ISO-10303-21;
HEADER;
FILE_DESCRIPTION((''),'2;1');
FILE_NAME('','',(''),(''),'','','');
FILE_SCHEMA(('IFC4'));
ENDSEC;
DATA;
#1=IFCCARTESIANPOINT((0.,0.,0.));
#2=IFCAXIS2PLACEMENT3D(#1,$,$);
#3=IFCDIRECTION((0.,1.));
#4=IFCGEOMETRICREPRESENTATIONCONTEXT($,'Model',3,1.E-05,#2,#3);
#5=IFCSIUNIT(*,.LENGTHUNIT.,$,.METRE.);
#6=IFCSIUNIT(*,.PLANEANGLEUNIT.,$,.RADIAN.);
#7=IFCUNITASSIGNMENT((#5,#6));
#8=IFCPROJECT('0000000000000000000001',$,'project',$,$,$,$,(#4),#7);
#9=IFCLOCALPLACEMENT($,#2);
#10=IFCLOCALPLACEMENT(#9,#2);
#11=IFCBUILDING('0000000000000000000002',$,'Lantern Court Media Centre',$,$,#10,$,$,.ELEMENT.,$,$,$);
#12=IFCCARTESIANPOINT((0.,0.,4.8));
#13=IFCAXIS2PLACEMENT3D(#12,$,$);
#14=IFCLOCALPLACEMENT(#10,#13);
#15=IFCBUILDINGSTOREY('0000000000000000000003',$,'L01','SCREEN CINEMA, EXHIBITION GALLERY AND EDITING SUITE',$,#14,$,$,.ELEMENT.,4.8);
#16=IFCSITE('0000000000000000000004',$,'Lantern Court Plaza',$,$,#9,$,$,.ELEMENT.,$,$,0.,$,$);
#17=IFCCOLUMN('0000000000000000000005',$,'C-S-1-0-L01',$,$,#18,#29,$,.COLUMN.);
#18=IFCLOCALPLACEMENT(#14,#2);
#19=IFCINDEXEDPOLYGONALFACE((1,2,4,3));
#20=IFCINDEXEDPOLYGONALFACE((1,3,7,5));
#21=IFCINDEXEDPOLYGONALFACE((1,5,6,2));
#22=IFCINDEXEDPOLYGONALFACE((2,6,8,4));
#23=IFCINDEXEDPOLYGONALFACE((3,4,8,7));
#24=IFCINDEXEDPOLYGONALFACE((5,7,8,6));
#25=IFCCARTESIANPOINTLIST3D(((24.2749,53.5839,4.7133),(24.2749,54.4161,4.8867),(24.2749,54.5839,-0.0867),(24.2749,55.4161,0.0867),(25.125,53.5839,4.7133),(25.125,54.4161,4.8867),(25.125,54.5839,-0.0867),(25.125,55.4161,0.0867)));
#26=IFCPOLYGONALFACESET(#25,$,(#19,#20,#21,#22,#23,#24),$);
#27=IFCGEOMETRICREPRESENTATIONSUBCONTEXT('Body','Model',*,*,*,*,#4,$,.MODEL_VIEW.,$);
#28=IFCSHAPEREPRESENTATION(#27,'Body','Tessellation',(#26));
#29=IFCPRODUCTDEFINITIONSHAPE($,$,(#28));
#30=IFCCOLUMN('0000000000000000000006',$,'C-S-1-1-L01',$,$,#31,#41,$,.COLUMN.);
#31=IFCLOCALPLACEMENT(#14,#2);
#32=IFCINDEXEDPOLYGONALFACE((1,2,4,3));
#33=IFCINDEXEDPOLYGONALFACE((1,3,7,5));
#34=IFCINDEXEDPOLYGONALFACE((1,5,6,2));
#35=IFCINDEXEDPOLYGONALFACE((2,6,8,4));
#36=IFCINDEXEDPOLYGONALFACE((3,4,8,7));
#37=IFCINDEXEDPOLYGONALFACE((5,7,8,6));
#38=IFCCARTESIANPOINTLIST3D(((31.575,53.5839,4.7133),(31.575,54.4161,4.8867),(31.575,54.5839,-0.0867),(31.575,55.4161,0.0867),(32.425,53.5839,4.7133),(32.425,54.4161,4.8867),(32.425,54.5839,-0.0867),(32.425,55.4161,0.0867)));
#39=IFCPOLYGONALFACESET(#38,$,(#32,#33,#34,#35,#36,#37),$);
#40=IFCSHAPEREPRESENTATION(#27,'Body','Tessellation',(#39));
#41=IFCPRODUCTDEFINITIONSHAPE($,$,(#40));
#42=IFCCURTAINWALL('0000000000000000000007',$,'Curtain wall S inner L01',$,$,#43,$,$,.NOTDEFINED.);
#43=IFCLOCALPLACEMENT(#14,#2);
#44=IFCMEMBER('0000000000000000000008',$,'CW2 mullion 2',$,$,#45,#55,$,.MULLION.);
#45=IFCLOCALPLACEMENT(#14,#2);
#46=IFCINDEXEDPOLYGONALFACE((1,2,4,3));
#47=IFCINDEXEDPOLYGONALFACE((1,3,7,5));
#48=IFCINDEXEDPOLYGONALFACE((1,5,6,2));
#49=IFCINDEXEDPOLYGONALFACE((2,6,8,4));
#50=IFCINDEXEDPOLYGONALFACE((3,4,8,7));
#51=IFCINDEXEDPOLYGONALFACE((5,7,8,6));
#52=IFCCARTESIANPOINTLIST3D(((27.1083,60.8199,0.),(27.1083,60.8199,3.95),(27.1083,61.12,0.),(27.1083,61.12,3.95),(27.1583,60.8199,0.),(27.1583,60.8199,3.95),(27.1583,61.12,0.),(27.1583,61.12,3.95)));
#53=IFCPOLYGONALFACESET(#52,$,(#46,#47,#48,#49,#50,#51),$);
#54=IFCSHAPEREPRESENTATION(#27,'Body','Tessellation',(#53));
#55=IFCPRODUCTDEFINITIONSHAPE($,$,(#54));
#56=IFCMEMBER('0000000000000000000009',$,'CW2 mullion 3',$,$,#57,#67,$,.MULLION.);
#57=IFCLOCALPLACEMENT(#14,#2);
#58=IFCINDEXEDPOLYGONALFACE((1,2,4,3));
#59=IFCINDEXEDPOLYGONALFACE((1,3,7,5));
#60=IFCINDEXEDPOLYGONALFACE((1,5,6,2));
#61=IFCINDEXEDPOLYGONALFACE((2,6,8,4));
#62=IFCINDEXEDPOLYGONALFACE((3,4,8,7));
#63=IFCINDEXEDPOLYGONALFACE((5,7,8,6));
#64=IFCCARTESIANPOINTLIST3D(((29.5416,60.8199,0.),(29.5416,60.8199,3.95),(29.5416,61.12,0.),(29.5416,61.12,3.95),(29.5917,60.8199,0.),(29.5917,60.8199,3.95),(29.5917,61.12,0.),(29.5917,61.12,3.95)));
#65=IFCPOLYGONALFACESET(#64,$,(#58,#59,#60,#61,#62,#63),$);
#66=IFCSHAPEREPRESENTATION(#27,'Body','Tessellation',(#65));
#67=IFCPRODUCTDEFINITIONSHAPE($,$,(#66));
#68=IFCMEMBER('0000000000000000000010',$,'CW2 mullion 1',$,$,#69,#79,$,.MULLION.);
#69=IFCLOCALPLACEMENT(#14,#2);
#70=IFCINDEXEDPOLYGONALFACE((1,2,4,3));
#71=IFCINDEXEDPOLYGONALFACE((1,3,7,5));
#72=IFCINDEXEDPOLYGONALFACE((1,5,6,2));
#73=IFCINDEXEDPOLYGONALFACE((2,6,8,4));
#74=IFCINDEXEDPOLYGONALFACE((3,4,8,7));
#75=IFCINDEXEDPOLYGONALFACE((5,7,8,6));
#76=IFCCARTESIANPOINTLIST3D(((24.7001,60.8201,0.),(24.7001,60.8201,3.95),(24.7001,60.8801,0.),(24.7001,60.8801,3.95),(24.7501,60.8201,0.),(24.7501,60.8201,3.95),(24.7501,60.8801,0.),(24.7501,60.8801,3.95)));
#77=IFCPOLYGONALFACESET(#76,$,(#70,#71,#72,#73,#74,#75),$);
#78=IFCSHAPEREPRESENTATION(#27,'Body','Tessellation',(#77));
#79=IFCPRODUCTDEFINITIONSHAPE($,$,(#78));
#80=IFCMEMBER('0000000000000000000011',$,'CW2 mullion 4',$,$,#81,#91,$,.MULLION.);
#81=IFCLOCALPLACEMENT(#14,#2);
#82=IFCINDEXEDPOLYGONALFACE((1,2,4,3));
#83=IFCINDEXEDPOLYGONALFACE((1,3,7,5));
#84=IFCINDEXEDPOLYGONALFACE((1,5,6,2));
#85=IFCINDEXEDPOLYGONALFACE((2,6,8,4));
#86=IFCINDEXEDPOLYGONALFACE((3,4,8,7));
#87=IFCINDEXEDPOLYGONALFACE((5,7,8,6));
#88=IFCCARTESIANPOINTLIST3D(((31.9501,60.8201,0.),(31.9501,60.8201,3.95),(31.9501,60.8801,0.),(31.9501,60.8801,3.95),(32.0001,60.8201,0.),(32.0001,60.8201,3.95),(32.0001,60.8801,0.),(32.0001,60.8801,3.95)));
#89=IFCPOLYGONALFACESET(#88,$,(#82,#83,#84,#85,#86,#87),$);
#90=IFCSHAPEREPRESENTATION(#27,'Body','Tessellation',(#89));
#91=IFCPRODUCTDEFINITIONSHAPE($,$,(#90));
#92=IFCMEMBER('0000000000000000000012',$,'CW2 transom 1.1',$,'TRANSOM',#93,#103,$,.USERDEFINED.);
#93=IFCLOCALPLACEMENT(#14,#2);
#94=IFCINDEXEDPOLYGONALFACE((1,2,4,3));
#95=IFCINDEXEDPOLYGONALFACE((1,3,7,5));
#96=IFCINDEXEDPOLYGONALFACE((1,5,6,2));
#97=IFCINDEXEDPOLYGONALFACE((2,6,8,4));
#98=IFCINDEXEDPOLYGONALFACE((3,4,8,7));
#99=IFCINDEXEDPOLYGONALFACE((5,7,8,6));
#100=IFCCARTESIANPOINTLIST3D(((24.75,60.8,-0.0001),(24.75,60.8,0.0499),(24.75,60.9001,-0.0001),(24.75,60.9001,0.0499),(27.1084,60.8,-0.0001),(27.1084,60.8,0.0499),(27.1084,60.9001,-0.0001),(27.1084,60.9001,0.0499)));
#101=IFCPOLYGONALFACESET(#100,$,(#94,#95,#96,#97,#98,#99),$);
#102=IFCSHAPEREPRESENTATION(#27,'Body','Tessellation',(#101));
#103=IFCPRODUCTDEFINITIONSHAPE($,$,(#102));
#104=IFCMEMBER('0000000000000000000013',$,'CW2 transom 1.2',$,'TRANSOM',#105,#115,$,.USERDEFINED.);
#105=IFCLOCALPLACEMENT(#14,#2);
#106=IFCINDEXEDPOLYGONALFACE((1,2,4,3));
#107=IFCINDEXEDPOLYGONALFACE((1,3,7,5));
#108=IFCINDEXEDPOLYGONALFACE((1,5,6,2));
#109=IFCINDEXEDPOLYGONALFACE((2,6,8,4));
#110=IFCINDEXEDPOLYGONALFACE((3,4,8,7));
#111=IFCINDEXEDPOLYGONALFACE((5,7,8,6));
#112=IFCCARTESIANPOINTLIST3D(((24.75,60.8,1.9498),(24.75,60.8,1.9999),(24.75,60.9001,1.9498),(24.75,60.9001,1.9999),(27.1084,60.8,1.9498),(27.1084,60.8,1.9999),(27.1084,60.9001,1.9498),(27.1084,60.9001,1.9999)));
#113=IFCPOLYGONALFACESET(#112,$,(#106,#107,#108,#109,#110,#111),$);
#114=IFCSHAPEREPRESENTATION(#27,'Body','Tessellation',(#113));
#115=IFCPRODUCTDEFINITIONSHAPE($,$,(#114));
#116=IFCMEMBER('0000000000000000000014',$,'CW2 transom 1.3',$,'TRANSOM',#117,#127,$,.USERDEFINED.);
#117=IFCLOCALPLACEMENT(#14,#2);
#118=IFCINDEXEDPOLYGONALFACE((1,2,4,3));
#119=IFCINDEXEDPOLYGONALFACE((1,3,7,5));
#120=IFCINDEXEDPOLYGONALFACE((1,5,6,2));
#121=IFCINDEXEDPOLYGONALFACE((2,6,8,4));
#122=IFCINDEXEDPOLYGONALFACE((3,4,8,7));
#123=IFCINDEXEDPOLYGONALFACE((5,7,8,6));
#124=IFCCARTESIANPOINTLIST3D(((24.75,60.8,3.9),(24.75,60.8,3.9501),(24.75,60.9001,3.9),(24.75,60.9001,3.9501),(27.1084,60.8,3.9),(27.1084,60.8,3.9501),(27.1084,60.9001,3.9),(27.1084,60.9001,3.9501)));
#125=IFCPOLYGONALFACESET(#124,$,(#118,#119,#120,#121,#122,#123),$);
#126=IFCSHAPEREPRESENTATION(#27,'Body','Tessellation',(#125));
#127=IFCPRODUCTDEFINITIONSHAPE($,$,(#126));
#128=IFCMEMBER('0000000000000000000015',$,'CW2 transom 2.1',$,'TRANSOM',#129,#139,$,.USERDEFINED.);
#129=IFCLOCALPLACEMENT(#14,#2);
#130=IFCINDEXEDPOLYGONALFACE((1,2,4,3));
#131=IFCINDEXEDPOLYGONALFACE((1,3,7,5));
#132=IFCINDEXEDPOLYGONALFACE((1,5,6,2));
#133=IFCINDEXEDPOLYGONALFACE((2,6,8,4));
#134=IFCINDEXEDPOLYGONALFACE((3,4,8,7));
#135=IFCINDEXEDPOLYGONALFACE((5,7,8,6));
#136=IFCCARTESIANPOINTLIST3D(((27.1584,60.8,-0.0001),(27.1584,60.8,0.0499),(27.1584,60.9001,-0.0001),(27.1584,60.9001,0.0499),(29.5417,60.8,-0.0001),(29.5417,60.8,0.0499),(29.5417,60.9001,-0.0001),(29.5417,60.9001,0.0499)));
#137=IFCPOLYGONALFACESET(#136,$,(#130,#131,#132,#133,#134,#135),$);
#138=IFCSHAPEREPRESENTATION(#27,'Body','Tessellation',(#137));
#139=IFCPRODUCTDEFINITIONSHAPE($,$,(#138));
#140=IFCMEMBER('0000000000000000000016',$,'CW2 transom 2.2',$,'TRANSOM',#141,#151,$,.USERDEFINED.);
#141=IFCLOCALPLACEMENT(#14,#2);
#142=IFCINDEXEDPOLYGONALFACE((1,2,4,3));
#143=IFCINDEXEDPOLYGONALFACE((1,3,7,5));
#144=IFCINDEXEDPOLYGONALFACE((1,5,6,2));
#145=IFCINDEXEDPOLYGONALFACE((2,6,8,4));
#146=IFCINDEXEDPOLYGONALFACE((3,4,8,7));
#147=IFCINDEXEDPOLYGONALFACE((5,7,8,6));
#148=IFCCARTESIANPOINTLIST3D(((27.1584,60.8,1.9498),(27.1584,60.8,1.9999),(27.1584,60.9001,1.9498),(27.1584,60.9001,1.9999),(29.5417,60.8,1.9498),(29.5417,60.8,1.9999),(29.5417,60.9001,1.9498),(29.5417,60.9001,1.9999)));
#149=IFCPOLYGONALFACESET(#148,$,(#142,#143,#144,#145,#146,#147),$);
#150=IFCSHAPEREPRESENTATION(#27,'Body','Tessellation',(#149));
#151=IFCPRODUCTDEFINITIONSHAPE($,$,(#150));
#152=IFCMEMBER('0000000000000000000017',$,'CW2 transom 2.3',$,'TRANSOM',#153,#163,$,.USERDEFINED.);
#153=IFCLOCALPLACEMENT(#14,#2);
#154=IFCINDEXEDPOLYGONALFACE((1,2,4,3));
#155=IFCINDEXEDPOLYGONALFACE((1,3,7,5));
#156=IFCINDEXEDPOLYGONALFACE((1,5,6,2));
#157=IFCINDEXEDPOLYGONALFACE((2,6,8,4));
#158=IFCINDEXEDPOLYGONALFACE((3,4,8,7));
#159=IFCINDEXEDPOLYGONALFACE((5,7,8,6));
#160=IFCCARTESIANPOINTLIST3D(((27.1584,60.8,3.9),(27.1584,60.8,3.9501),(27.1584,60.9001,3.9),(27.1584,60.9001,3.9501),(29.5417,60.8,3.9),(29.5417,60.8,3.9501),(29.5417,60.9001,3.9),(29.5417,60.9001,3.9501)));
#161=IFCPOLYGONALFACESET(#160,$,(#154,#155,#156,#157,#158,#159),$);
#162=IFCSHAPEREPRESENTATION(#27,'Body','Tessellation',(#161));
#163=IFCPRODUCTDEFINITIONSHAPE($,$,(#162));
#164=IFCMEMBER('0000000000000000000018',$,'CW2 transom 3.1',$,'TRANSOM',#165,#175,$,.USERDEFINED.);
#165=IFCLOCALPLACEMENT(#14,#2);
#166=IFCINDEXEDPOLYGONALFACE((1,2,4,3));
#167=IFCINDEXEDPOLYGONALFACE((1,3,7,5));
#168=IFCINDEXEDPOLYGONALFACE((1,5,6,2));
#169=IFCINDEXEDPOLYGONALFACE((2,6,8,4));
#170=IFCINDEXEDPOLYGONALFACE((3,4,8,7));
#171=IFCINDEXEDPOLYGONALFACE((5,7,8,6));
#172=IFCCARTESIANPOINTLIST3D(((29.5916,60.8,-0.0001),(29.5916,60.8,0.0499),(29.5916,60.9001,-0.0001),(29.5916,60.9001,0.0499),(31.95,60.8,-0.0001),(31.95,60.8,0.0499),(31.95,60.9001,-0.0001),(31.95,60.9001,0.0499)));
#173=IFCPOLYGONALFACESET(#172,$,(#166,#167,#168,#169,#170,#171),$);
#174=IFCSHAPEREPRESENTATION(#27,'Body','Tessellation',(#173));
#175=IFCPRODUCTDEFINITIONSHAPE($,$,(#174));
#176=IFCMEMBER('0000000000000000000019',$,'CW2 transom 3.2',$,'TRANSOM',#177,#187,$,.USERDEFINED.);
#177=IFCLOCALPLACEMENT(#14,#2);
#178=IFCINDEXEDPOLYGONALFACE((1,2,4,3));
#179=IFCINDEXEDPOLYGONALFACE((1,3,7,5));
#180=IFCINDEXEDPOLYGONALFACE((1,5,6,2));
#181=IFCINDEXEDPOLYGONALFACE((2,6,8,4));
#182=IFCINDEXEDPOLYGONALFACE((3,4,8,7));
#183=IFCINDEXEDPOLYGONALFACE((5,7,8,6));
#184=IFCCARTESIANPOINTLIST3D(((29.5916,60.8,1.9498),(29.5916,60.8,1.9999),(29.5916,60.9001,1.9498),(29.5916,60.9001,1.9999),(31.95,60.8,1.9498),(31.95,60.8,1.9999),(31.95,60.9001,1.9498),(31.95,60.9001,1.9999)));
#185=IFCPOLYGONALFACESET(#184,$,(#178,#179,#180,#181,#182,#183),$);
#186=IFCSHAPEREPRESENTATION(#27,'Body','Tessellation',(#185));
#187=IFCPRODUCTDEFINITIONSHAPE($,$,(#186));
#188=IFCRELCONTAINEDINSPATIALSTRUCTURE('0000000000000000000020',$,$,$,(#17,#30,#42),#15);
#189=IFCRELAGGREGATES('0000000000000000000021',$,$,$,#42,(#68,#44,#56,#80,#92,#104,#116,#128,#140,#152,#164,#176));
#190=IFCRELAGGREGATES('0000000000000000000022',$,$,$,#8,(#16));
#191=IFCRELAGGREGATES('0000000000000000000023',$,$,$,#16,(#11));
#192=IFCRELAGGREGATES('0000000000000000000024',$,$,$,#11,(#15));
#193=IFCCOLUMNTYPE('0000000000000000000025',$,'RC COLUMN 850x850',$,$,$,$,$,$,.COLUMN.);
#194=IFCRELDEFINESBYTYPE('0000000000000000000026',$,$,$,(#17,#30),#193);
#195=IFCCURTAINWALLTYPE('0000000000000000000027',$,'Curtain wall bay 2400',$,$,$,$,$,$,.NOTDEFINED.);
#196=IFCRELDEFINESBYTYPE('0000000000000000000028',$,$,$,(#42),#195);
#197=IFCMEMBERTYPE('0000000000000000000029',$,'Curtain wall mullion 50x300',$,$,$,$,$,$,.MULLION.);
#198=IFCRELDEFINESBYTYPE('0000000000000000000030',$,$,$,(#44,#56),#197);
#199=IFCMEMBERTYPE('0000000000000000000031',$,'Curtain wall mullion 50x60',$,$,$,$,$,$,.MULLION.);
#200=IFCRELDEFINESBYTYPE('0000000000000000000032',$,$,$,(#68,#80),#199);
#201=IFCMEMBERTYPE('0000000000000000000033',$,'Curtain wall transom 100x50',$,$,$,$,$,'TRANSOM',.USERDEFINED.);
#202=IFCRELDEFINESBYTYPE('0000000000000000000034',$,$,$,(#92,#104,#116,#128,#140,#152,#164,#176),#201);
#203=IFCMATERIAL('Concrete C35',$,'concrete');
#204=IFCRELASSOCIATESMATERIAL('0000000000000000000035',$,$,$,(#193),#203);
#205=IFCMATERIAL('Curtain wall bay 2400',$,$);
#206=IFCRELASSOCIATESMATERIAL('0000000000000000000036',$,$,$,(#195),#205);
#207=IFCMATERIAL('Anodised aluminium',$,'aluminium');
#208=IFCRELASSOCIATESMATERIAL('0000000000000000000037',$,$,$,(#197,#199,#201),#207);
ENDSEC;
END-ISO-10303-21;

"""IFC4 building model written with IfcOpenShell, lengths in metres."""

from ifc_helpers import new_model, si_unit, direction, frame, origin, origin_2d, place, context, subcontext, project, spatial, rectangle, extrude, material, material_profile, profile_set, type_object, element, aggregate, save


model = new_model("IFC4")

# Units and contexts
model_context = context("Model", 3, precision=1e-05, world=origin(), true_north=direction((0.0, 1.0)))
body_context = subcontext(model_context, "Body", "Model", "MODEL_VIEW")
ifc_project = project(units=[si_unit("LENGTHUNIT", "METRE"), si_unit("PLANEANGLEUNIT", "RADIAN")], contexts=[model_context])

# Site, building, storey
site_placement = place(None, origin())
site = spatial("IfcSite", under=ifc_project, at=site_placement, Name="Lantern Court Plaza", CompositionType="ELEMENT", RefElevation=0.0)
building_placement = place(site_placement, origin())
building = spatial("IfcBuilding", under=site, at=building_placement, Name="Lantern Court Media Centre", CompositionType="ELEMENT")
storey_placement = place(building_placement, frame((0.0, 0.0, 4.8)))
storey = spatial("IfcBuildingStorey", under=building, at=storey_placement, Name="L01", Description="SCREEN CINEMA, EXHIBITION GALLERY AND EDITING SUITE", CompositionType="ELEMENT", Elevation=4.8)

# Columns
ifc_material_1 = material(Name="Concrete C35", Category="concrete")
ifc_material_profile_1 = material_profile(ifc_material_1, rectangle(XDim=0.8501, YDim=0.8501, at=origin_2d()), Name="RC 850x850")
ifc_profile_set_1 = profile_set([ifc_material_profile_1], Name="Concrete C35")
column_type = type_object("IfcColumnType", Name="RC COLUMN 850x850", PredefinedType="COLUMN", material=ifc_profile_set_1)
for number, where, z_axis, x_axis, name in (
    (1, (24.7, 55.0, 0.0), (0.0, -0.203952, 0.978981), (1.0, 0.0, 0.0), "C-S-1-0-L01"),
    (2, (32.0, 55.0, 0.0), (0.0, -0.203952, 0.978981), (1.0, 0.0, 0.0), "C-S-1-1-L01"),
):
    element("IfcColumn", number, at=place(storey_placement, frame(where, z_axis=z_axis, x_axis=x_axis)), inside=storey, type_object=column_type, Name=name, PredefinedType="COLUMN", context=body_context, shape_type="SweptSolid", body=[
        extrude(rectangle(XDim=0.8501, YDim=0.8501, at=origin_2d()), origin(), (0.0, 0.0, 1.0), 4.9031),
    ])

# Curtain wall, members
ifc_material_2 = material(Name="Curtain wall bay 2400")
curtain_wall_type = type_object("IfcCurtainWallType", Name="Curtain wall bay 2400", PredefinedType="NOTDEFINED", material=ifc_material_2)
curtain_wall_placement = place(storey_placement, origin())
curtain_wall = element("IfcCurtainWall", 3, at=curtain_wall_placement, inside=storey, type_object=curtain_wall_type, Name="Curtain wall S inner L01", PredefinedType="NOTDEFINED")
ifc_material_3 = material(Name="Anodised aluminium", Category="aluminium")
ifc_material_profile_2 = material_profile(ifc_material_3, rectangle(XDim=0.3, YDim=0.05, at=origin_2d()), Name="AL 50x300")
ifc_profile_set_2 = profile_set([ifc_material_profile_2], Name="Anodised aluminium")
member_type_1 = type_object("IfcMemberType", Name="Curtain wall mullion 50x300", PredefinedType="MULLION", material=ifc_profile_set_2)
member_1_placement = place(storey_placement, frame((27.1333, 60.97, 0.0), z_axis=(0.0, 0.0, 1.0), x_axis=(0.0, 1.0, 0.0)))
member_1 = element("IfcMember", 4, at=member_1_placement, type_object=member_type_1, Name="CW2 mullion 2", PredefinedType="MULLION", context=body_context, shape_type="SweptSolid", body=[
    extrude(rectangle(XDim=0.3, YDim=0.05, at=origin_2d()), origin(), (0.0, 0.0, 1.0), 3.95),
])
member_2_placement = place(storey_placement, frame((29.5667, 60.97, 0.0), z_axis=(0.0, 0.0, 1.0), x_axis=(0.0, 1.0, 0.0)))
member_2 = element("IfcMember", 5, at=member_2_placement, type_object=member_type_1, Name="CW2 mullion 3", PredefinedType="MULLION", context=body_context, shape_type="SweptSolid", body=[
    extrude(rectangle(XDim=0.3, YDim=0.05, at=origin_2d()), origin(), (0.0, 0.0, 1.0), 3.95),
])
ifc_material_profile_3 = material_profile(ifc_material_3, rectangle(XDim=0.0601, YDim=0.05, at=origin_2d()), Name="AL 50x60")
ifc_profile_set_3 = profile_set([ifc_material_profile_3], Name="Anodised aluminium")
member_type_2 = type_object("IfcMemberType", Name="Curtain wall mullion 50x60", PredefinedType="MULLION", material=ifc_profile_set_3)
member_3_placement = place(storey_placement, frame((24.7251, 60.8501, 0.0), z_axis=(0.0, 0.0, 1.0), x_axis=(0.0, 1.0, 0.0)))
member_3 = element("IfcMember", 6, at=member_3_placement, type_object=member_type_2, Name="CW2 mullion 1", PredefinedType="MULLION", context=body_context, shape_type="SweptSolid", body=[
    extrude(rectangle(XDim=0.0601, YDim=0.05, at=origin_2d()), origin(), (0.0, 0.0, 1.0), 3.95),
])
member_4_placement = place(storey_placement, frame((31.9751, 60.8501, 0.0), z_axis=(0.0, 0.0, 1.0), x_axis=(0.0, 1.0, 0.0)))
member_4 = element("IfcMember", 7, at=member_4_placement, type_object=member_type_2, Name="CW2 mullion 4", PredefinedType="MULLION", context=body_context, shape_type="SweptSolid", body=[
    extrude(rectangle(XDim=0.0601, YDim=0.05, at=origin_2d()), origin(), (0.0, 0.0, 1.0), 3.95),
])
ifc_material_profile_4 = material_profile(ifc_material_3, rectangle(XDim=0.1001, YDim=0.05, at=origin_2d()), Name="AL 50x100")
ifc_profile_set_4 = profile_set([ifc_material_profile_4], Name="Anodised aluminium")
member_type_3 = type_object("IfcMemberType", Name="Curtain wall transom 100x50", ElementType="TRANSOM", PredefinedType="USERDEFINED", material=ifc_profile_set_4)
member_5_placement = place(storey_placement, frame((24.75, 60.8501, 0.0249), z_axis=(1.0, 0.0, 0.0), x_axis=(0.0, 1.0, 0.0)))
member_5 = element("IfcMember", 8, at=member_5_placement, type_object=member_type_3, Name="CW2 transom 1.1", ObjectType="TRANSOM", PredefinedType="USERDEFINED", context=body_context, shape_type="SweptSolid", body=[
    extrude(rectangle(XDim=0.1001, YDim=0.05, at=origin_2d()), origin(), (0.0, 0.0, 1.0), 2.3584),
])
member_6_placement = place(storey_placement, frame((24.75, 60.8501, 1.9749), z_axis=(1.0, 0.0, 0.0), x_axis=(0.0, 1.0, 0.0)))
member_6 = element("IfcMember", 9, at=member_6_placement, type_object=member_type_3, Name="CW2 transom 1.2", ObjectType="TRANSOM", PredefinedType="USERDEFINED", context=body_context, shape_type="SweptSolid", body=[
    extrude(rectangle(XDim=0.1001, YDim=0.05, at=origin_2d()), origin(), (0.0, 0.0, 1.0), 2.3584),
])
member_7_placement = place(storey_placement, frame((24.75, 60.8501, 3.925), z_axis=(1.0, 0.0, 0.0), x_axis=(0.0, 1.0, 0.0)))
member_7 = element("IfcMember", 10, at=member_7_placement, type_object=member_type_3, Name="CW2 transom 1.3", ObjectType="TRANSOM", PredefinedType="USERDEFINED", context=body_context, shape_type="SweptSolid", body=[
    extrude(rectangle(XDim=0.1001, YDim=0.05, at=origin_2d()), origin(), (0.0, 0.0, 1.0), 2.3584),
])
member_8_placement = place(storey_placement, frame((27.1584, 60.8501, 0.0249), z_axis=(1.0, 0.0, 0.0), x_axis=(0.0, 1.0, 0.0)))
member_8 = element("IfcMember", 11, at=member_8_placement, type_object=member_type_3, Name="CW2 transom 2.1", ObjectType="TRANSOM", PredefinedType="USERDEFINED", context=body_context, shape_type="SweptSolid", body=[
    extrude(rectangle(XDim=0.1001, YDim=0.05, at=origin_2d()), origin(), (0.0, 0.0, 1.0), 2.3833),
])
member_9_placement = place(storey_placement, frame((27.1584, 60.8501, 1.9749), z_axis=(1.0, 0.0, 0.0), x_axis=(0.0, 1.0, 0.0)))
member_9 = element("IfcMember", 12, at=member_9_placement, type_object=member_type_3, Name="CW2 transom 2.2", ObjectType="TRANSOM", PredefinedType="USERDEFINED", context=body_context, shape_type="SweptSolid", body=[
    extrude(rectangle(XDim=0.1001, YDim=0.05, at=origin_2d()), origin(), (0.0, 0.0, 1.0), 2.3833),
])
member_10_placement = place(storey_placement, frame((27.1584, 60.8501, 3.925), z_axis=(1.0, 0.0, 0.0), x_axis=(0.0, 1.0, 0.0)))
member_10 = element("IfcMember", 13, at=member_10_placement, type_object=member_type_3, Name="CW2 transom 2.3", ObjectType="TRANSOM", PredefinedType="USERDEFINED", context=body_context, shape_type="SweptSolid", body=[
    extrude(rectangle(XDim=0.1001, YDim=0.05, at=origin_2d()), origin(), (0.0, 0.0, 1.0), 2.3833),
])
member_11_placement = place(storey_placement, frame((29.5916, 60.8501, 0.0249), z_axis=(1.0, 0.0, 0.0), x_axis=(0.0, 1.0, 0.0)))
member_11 = element("IfcMember", 14, at=member_11_placement, type_object=member_type_3, Name="CW2 transom 3.1", ObjectType="TRANSOM", PredefinedType="USERDEFINED", context=body_context, shape_type="SweptSolid", body=[
    extrude(rectangle(XDim=0.1001, YDim=0.05, at=origin_2d()), origin(), (0.0, 0.0, 1.0), 2.3584),
])
member_12_placement = place(storey_placement, frame((29.5916, 60.8501, 1.9749), z_axis=(1.0, 0.0, 0.0), x_axis=(0.0, 1.0, 0.0)))
member_12 = element("IfcMember", 15, at=member_12_placement, type_object=member_type_3, Name="CW2 transom 3.2", ObjectType="TRANSOM", PredefinedType="USERDEFINED", context=body_context, shape_type="SweptSolid", body=[
    extrude(rectangle(XDim=0.1001, YDim=0.05, at=origin_2d()), origin(), (0.0, 0.0, 1.0), 2.3584),
])

aggregate(curtain_wall, [member_3, member_1, member_2, member_4, member_5, member_6, member_7, member_8, member_9, member_10, member_11, member_12])

save(model, "model.ifc")
